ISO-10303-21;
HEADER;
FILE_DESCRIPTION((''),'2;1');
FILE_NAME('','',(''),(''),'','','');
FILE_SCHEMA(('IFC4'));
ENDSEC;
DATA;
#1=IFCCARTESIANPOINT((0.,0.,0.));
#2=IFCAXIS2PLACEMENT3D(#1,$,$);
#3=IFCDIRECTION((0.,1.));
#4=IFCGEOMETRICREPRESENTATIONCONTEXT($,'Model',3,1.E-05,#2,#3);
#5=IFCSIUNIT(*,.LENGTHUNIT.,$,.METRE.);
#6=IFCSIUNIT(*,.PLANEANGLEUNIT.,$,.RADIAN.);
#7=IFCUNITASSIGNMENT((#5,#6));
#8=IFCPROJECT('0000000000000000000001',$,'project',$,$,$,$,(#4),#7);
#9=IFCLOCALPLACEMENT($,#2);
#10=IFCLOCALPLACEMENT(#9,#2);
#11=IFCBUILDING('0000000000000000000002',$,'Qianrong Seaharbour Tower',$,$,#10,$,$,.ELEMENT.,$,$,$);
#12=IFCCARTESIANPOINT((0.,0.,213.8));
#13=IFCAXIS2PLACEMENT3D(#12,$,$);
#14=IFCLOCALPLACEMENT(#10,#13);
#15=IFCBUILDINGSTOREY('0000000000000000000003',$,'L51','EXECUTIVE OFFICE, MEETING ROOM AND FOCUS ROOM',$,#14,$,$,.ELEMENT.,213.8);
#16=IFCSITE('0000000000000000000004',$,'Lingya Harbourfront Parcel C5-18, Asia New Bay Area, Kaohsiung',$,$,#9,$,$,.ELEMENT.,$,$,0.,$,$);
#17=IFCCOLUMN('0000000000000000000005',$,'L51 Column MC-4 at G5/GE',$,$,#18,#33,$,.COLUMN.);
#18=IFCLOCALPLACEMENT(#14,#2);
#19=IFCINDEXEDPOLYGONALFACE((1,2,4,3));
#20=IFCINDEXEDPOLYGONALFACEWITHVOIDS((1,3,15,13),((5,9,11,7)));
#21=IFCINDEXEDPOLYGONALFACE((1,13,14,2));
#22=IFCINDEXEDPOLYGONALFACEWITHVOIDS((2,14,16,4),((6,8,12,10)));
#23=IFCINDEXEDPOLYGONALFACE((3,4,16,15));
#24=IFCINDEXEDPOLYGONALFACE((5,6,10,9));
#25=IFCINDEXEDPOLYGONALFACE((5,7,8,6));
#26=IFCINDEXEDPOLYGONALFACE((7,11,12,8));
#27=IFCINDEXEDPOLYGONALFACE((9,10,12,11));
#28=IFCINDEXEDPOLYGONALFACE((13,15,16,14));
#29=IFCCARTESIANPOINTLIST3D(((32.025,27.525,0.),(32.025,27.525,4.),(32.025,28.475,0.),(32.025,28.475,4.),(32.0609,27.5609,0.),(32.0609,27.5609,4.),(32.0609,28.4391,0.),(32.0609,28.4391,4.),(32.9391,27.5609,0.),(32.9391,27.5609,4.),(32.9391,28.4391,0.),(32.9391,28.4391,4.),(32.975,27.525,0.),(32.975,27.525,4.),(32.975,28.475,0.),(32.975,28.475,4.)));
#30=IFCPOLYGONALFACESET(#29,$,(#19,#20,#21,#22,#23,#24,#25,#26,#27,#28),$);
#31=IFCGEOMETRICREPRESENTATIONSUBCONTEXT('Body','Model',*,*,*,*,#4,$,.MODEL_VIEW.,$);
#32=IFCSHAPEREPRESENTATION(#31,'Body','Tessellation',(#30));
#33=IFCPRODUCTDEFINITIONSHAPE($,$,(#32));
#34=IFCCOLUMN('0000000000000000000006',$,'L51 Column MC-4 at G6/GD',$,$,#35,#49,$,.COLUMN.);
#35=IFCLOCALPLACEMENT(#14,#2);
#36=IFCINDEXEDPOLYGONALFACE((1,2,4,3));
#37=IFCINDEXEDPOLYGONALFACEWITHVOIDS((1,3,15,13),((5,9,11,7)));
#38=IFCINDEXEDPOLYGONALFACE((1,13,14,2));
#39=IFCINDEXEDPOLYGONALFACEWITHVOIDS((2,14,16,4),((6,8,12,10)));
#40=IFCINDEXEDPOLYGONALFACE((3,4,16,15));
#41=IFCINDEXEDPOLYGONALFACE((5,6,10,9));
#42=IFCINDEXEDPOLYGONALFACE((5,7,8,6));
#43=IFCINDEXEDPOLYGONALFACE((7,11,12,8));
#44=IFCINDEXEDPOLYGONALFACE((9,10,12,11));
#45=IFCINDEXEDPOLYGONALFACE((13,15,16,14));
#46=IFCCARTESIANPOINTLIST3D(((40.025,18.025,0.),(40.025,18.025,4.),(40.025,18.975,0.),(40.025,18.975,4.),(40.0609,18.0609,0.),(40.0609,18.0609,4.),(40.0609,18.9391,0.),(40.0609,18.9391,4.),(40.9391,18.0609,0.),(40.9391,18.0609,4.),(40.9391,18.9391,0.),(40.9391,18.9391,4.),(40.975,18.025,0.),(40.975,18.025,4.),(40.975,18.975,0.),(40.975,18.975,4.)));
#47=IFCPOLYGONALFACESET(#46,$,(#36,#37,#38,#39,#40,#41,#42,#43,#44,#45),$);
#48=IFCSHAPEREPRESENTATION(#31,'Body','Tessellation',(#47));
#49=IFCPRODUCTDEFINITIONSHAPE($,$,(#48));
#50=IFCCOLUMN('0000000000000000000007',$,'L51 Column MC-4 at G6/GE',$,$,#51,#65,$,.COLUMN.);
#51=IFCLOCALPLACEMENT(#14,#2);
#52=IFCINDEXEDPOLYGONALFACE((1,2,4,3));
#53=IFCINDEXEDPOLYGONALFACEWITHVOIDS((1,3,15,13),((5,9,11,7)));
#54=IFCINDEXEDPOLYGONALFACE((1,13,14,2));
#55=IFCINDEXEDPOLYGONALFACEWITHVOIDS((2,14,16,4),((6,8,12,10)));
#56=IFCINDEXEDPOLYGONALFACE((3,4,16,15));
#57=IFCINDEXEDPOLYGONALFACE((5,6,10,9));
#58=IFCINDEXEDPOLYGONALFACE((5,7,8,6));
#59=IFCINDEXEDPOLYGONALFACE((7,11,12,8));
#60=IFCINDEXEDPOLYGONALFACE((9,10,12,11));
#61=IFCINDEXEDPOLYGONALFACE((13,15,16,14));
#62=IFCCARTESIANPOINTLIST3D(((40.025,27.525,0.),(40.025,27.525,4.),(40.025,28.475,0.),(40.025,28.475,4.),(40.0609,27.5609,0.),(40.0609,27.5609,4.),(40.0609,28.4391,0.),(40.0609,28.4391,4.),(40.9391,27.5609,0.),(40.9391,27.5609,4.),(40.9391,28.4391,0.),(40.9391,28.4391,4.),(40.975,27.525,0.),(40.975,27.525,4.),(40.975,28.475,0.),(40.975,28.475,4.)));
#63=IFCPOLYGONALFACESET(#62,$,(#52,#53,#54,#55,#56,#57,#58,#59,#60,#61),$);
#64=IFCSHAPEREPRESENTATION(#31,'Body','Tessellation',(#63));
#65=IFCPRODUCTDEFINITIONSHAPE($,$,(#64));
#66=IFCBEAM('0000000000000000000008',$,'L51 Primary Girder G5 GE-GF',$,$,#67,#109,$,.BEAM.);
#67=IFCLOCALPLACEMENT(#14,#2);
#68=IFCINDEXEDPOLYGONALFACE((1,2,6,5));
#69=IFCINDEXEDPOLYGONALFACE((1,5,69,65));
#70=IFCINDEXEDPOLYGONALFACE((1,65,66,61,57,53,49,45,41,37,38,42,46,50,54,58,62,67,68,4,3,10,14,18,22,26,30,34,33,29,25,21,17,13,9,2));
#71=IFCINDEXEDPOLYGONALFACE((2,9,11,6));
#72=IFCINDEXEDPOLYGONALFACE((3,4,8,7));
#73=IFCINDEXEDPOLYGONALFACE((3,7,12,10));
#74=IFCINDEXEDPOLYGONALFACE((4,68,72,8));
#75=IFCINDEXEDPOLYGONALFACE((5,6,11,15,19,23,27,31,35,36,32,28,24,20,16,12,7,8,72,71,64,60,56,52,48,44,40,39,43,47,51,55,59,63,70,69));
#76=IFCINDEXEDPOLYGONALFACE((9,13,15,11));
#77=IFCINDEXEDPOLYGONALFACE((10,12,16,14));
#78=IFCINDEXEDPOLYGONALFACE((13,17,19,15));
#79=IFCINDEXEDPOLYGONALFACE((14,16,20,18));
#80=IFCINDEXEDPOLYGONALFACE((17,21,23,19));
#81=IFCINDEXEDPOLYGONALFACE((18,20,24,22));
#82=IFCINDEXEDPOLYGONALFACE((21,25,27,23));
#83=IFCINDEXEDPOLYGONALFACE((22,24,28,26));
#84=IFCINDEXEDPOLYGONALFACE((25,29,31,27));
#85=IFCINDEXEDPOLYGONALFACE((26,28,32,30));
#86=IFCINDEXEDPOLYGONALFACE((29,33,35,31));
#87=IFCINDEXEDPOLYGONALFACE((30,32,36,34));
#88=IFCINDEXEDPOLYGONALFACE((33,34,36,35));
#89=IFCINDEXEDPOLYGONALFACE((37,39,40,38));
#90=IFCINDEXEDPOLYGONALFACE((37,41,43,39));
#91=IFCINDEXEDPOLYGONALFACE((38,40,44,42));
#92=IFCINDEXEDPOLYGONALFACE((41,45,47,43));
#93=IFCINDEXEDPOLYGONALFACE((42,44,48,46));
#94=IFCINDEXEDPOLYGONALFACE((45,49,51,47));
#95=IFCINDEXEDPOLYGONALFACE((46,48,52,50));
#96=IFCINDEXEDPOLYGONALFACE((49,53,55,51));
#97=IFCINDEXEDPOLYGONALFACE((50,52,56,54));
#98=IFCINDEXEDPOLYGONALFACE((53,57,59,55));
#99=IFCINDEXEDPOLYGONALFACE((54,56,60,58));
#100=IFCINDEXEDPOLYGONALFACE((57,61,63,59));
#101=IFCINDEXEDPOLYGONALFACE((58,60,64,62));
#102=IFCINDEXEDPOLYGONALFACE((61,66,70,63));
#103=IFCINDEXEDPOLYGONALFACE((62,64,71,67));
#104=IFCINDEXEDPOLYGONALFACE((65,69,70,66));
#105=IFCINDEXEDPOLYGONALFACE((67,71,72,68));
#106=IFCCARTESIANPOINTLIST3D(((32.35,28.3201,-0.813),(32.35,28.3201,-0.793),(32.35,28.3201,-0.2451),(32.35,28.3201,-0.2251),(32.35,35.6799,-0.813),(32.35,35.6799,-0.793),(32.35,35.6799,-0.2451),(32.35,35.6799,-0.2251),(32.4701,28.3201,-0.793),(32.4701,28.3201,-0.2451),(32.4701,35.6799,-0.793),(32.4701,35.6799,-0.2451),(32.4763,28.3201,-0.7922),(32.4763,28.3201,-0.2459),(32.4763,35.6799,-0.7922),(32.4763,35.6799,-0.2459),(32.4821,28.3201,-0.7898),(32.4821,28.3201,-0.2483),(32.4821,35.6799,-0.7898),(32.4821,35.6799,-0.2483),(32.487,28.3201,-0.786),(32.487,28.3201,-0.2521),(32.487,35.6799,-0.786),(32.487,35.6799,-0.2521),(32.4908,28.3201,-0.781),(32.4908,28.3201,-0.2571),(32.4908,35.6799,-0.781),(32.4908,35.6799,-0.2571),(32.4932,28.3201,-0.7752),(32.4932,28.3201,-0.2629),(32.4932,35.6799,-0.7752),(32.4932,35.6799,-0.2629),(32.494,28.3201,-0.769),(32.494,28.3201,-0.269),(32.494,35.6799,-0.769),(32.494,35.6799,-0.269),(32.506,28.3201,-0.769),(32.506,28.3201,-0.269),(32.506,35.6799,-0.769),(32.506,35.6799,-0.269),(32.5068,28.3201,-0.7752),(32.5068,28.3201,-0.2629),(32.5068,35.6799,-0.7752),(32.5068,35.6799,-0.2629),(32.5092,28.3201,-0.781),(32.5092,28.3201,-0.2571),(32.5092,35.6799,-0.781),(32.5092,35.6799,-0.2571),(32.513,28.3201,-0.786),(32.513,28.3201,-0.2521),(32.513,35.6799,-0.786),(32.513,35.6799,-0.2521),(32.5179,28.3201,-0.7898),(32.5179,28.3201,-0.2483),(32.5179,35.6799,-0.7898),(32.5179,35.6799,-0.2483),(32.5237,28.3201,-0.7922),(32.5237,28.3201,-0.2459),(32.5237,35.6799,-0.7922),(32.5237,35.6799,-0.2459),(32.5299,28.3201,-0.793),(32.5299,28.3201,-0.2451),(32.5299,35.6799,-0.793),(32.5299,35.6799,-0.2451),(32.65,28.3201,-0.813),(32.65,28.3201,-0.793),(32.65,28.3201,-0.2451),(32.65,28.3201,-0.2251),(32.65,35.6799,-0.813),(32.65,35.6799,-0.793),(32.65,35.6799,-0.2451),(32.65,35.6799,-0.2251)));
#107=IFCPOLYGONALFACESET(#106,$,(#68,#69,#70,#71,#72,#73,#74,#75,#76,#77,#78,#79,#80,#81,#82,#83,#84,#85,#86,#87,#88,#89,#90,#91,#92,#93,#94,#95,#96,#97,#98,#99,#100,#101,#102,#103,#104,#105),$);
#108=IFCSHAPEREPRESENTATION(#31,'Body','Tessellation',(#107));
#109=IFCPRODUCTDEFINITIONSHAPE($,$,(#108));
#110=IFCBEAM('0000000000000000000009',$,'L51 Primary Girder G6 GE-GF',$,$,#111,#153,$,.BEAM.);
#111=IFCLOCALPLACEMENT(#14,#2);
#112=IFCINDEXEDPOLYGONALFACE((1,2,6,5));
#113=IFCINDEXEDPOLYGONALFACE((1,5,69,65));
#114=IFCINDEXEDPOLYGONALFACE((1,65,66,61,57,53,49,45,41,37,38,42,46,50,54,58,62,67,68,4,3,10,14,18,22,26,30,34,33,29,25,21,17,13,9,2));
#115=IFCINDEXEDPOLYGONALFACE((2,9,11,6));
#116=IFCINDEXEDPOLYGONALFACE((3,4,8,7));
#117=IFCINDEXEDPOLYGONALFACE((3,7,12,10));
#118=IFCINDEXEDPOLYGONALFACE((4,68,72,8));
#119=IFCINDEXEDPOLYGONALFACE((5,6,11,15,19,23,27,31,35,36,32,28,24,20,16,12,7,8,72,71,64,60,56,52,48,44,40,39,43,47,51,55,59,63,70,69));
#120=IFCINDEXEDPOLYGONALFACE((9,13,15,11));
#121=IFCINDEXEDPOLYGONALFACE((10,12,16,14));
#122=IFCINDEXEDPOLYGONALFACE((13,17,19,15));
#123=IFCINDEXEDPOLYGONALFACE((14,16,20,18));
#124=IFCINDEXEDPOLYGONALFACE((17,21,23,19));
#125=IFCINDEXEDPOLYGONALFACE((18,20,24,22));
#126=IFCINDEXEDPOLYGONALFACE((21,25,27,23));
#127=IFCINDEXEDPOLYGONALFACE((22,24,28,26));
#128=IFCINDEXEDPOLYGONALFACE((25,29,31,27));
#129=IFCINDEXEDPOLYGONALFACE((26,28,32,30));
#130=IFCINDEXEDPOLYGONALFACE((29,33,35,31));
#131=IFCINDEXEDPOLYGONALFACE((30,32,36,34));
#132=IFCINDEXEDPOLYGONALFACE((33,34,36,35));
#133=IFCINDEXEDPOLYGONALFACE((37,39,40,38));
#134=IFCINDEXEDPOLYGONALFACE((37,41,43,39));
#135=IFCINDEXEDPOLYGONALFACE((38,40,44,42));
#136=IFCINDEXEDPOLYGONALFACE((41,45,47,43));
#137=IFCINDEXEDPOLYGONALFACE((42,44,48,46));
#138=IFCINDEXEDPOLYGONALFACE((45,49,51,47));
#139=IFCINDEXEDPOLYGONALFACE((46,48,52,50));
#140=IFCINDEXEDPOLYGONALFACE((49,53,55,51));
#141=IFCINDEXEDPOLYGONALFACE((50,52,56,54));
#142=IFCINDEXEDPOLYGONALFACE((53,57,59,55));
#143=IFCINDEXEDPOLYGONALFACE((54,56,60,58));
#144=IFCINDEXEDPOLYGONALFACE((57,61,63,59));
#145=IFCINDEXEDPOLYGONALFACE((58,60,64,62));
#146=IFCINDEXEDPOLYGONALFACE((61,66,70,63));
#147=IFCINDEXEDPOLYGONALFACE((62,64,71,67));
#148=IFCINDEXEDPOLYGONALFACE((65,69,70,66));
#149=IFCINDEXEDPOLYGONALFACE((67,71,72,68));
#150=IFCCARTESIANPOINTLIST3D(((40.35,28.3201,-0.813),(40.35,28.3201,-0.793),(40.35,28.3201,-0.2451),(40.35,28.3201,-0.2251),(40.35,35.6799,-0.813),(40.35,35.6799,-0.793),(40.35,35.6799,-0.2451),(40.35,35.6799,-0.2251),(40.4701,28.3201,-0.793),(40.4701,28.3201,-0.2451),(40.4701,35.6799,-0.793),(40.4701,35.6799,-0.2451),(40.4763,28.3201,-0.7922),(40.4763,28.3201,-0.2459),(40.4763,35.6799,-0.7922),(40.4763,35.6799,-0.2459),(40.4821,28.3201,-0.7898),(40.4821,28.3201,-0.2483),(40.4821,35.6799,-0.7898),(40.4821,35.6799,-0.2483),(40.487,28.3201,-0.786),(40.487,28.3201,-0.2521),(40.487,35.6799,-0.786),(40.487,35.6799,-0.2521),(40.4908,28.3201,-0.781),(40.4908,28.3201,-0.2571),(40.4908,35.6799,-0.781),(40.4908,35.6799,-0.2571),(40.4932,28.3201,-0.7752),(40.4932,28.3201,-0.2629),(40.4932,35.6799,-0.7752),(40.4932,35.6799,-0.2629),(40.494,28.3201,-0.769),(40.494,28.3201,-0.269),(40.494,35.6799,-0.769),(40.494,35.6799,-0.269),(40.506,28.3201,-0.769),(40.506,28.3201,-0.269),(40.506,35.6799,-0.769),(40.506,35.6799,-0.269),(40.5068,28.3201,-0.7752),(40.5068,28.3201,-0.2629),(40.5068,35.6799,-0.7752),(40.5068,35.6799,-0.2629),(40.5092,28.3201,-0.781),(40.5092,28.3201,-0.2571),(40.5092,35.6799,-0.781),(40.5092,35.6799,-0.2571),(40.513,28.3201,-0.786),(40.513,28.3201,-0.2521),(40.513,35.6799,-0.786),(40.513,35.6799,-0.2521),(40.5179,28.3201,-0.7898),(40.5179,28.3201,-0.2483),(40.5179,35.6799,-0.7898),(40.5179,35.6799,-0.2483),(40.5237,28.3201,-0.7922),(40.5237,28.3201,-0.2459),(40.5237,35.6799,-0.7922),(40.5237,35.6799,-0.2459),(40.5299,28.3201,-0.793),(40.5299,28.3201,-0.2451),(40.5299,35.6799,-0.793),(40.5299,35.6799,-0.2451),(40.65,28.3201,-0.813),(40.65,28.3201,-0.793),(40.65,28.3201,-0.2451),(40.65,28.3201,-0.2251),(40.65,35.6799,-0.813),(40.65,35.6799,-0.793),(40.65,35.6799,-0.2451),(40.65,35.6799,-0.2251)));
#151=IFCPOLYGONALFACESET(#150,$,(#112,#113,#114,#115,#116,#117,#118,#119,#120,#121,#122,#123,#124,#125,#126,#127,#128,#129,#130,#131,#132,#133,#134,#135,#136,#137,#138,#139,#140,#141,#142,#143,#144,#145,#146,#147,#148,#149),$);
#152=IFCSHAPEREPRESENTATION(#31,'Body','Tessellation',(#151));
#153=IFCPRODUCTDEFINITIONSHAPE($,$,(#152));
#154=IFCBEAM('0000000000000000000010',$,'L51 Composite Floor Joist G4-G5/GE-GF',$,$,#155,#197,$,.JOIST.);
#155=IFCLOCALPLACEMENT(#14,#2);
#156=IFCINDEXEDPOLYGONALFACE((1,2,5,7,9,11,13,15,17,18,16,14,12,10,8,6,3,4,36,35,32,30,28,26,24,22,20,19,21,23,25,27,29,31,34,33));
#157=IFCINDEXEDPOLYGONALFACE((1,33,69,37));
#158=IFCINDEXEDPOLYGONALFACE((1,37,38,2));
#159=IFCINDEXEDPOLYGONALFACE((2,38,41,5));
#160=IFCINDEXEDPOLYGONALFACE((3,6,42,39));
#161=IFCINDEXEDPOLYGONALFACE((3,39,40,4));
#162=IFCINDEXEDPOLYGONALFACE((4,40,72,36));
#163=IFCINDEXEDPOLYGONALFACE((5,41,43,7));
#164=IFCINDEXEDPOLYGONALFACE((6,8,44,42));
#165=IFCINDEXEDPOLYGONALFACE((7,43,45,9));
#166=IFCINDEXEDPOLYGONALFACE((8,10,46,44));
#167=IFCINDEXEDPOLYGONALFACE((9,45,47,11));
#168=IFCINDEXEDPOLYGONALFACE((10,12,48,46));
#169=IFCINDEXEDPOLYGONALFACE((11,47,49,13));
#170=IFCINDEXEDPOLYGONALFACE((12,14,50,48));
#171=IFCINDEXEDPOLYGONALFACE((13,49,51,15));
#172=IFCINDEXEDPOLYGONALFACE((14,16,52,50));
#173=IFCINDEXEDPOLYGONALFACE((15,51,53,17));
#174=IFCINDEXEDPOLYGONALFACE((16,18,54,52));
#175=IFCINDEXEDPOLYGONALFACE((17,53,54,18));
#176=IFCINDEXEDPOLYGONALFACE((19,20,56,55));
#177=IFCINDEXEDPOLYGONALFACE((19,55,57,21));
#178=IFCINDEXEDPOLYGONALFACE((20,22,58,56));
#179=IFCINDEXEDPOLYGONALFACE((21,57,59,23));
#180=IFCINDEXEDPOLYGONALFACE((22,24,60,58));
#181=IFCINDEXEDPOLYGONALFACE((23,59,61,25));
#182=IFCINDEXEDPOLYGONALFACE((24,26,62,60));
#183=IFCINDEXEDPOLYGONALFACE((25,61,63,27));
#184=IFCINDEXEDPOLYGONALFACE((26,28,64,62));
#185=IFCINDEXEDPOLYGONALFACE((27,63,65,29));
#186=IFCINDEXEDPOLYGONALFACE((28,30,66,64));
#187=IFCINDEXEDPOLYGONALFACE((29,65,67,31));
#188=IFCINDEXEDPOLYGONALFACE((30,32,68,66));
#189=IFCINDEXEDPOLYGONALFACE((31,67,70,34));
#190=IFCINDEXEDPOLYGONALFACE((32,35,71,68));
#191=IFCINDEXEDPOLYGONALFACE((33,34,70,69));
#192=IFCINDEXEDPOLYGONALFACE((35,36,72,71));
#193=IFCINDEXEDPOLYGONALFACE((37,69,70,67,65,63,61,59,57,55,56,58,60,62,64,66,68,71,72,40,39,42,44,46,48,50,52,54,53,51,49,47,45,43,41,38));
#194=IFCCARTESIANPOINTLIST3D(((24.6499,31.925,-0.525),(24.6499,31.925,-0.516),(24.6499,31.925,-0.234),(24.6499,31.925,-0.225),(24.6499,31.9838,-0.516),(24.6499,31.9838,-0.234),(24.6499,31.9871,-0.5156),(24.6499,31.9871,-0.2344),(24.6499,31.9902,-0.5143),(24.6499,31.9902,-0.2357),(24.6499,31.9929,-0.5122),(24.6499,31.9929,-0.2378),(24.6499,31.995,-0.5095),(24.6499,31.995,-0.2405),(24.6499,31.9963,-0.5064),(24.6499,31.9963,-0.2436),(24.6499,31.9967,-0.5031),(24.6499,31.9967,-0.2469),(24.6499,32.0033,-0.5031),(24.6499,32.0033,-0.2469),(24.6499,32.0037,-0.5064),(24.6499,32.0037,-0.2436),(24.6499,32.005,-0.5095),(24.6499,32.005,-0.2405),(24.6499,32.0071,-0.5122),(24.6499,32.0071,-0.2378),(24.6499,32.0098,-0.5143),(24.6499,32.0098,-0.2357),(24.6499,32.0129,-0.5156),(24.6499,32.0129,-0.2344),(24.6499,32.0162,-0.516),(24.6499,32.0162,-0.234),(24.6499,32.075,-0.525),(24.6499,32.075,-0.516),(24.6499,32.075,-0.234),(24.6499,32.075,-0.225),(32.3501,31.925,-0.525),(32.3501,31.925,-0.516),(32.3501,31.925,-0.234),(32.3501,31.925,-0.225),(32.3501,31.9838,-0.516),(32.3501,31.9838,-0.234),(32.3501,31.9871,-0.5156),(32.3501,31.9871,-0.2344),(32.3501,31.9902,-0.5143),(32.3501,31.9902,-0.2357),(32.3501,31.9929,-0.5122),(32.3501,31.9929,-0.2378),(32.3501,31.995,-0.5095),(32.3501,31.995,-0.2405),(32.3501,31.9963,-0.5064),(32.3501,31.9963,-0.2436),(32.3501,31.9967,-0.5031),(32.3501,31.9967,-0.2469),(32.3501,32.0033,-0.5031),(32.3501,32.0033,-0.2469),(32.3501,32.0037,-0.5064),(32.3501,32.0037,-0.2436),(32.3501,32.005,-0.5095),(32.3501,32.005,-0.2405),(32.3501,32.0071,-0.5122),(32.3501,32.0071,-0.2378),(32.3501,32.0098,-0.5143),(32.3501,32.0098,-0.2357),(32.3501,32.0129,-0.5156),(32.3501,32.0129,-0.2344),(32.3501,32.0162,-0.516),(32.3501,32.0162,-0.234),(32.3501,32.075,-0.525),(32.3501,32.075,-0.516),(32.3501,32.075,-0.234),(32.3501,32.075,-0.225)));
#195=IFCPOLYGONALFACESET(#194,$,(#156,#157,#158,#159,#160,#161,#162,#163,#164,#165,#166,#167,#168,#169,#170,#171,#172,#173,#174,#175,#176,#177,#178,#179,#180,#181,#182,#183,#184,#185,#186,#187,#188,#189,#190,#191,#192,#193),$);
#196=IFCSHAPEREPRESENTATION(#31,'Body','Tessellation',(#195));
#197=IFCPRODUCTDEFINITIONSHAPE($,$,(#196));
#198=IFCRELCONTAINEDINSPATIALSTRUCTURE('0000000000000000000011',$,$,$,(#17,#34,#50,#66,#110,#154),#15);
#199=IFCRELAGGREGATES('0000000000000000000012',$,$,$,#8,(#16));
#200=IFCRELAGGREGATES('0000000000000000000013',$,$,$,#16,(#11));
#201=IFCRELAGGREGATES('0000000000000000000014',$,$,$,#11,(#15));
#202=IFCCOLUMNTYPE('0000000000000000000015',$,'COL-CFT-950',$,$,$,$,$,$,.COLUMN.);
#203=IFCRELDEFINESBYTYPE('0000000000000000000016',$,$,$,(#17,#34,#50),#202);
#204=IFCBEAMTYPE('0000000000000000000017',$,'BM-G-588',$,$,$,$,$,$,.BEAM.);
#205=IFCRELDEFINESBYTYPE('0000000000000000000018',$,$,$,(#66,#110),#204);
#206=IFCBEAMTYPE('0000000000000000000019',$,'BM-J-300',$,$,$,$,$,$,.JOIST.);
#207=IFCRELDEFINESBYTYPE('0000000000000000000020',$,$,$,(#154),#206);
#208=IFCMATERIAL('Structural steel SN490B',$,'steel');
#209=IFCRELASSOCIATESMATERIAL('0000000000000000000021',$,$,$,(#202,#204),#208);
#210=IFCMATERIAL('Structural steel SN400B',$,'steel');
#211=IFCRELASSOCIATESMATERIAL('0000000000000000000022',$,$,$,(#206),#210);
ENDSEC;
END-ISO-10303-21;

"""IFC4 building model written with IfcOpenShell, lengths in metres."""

from ifc_helpers import new_model, si_unit, direction, frame, origin, origin_2d, place, context, subcontext, project, spatial, hollow_rectangle, i_section, extrude, material, material_profile, profile_set, type_object, element, save


model = new_model("IFC4")

# Units and contexts
model_context = context("Model", 3, precision=1e-05, world=origin(), true_north=direction((0.0, 1.0)))
body_context = subcontext(model_context, "Body", "Model", "MODEL_VIEW")
ifc_project = project(units=[si_unit("LENGTHUNIT", "METRE"), si_unit("PLANEANGLEUNIT", "RADIAN")], contexts=[model_context])

# Site, building, storey
site_placement = place(None, origin())
site = spatial("IfcSite", under=ifc_project, at=site_placement, Name="Lingya Harbourfront Parcel C5-18, Asia New Bay Area, Kaohsiung", CompositionType="ELEMENT", RefElevation=0.0)
building_placement = place(site_placement, origin())
building = spatial("IfcBuilding", under=site, at=building_placement, Name="Qianrong Seaharbour Tower", CompositionType="ELEMENT")
storey_placement = place(building_placement, frame((0.0, 0.0, 213.8)))
storey = spatial("IfcBuildingStorey", under=building, at=storey_placement, Name="L51", Description="EXECUTIVE OFFICE, MEETING ROOM AND FOCUS ROOM", CompositionType="ELEMENT", Elevation=213.8)

# Columns
ifc_material_1 = material(Name="Structural steel SN490B", Category="steel")
ifc_material_profile_1 = material_profile(ifc_material_1, hollow_rectangle(XDim=0.95, YDim=0.95, WallThickness=0.0359, at=origin_2d()), Name="BOX950x950x36")
ifc_profile_set_1 = profile_set([ifc_material_profile_1], Name="Structural steel SN490B")
column_type = type_object("IfcColumnType", Name="COL-CFT-950", PredefinedType="COLUMN", material=ifc_profile_set_1)
for number, where, z_axis, x_axis, name in (
    (1, (32.5, 28.0, 0.0), (0.0, 0.0, 1.0), (1.0, 0.0, 0.0), "L51 Column MC-4 at G5/GE"),
    (2, (40.5, 18.5, 0.0), (0.0, 0.0, 1.0), (1.0, 0.0, 0.0), "L51 Column MC-4 at G6/GD"),
    (3, (40.5, 28.0, 0.0), (0.0, 0.0, 1.0), (1.0, 0.0, 0.0), "L51 Column MC-4 at G6/GE"),
):
    element("IfcColumn", number, at=place(storey_placement, frame(where, z_axis=z_axis, x_axis=x_axis)), inside=storey, type_object=column_type, Name=name, PredefinedType="COLUMN", context=body_context, shape_type="SweptSolid", body=[
        extrude(hollow_rectangle(XDim=0.95, YDim=0.95, WallThickness=0.0359, at=origin_2d()), origin(), (0.0, 0.0, 1.0), 4.0),
    ])

# Beams
ifc_material_profile_2 = material_profile(ifc_material_1, i_section(OverallWidth=0.3, OverallDepth=0.5879, WebThickness=0.012, FlangeThickness=0.02, FilletRadius=0.0239, at=origin_2d()), Name="H588x300x12x20")
ifc_profile_set_2 = profile_set([ifc_material_profile_2], Name="Structural steel SN490B")
beam_type_1 = type_object("IfcBeamType", Name="BM-G-588", PredefinedType="BEAM", material=ifc_profile_set_2)
for number, where, z_axis, x_axis, name in (
    (4, (32.5, 28.3201, -0.519), (0.0, 1.0, 0.0), (-1.0, 0.0, 0.0), "L51 Primary Girder G5 GE-GF"),
    (5, (40.5, 28.3201, -0.519), (0.0, 1.0, 0.0), (-1.0, 0.0, 0.0), "L51 Primary Girder G6 GE-GF"),
):
    element("IfcBeam", number, at=place(storey_placement, frame(where, z_axis=z_axis, x_axis=x_axis)), inside=storey, type_object=beam_type_1, Name=name, PredefinedType="BEAM", context=body_context, shape_type="SweptSolid", body=[
        extrude(i_section(OverallWidth=0.3, OverallDepth=0.5879, WebThickness=0.012, FlangeThickness=0.02, FilletRadius=0.0239, at=origin_2d()), origin(), (0.0, 0.0, 1.0), 7.3599),
    ])
ifc_material_2 = material(Name="Structural steel SN400B", Category="steel")
ifc_material_profile_3 = material_profile(ifc_material_2, i_section(OverallWidth=0.1499, OverallDepth=0.3, WebThickness=0.0066, FlangeThickness=0.009, FilletRadius=0.0129, at=origin_2d()), Name="H300x150x6.5x9")
ifc_profile_set_3 = profile_set([ifc_material_profile_3], Name="Structural steel SN400B")
beam_type_2 = type_object("IfcBeamType", Name="BM-J-300", PredefinedType="JOIST", material=ifc_profile_set_3)
for number, where, z_axis, x_axis, name in (
    (6, (24.6499, 32.0, -0.375), (1.0, 0.0, 0.0), (0.0, 1.0, 0.0), "L51 Composite Floor Joist G4-G5/GE-GF"),
):
    element("IfcBeam", number, at=place(storey_placement, frame(where, z_axis=z_axis, x_axis=x_axis)), inside=storey, type_object=beam_type_2, Name=name, PredefinedType="JOIST", context=body_context, shape_type="SweptSolid", body=[
        extrude(i_section(OverallWidth=0.1499, OverallDepth=0.3, WebThickness=0.0066, FlangeThickness=0.009, FilletRadius=0.0129, at=origin_2d()), origin(), (0.0, 0.0, 1.0), 7.7002),
    ])

save(model, "model.ifc")
